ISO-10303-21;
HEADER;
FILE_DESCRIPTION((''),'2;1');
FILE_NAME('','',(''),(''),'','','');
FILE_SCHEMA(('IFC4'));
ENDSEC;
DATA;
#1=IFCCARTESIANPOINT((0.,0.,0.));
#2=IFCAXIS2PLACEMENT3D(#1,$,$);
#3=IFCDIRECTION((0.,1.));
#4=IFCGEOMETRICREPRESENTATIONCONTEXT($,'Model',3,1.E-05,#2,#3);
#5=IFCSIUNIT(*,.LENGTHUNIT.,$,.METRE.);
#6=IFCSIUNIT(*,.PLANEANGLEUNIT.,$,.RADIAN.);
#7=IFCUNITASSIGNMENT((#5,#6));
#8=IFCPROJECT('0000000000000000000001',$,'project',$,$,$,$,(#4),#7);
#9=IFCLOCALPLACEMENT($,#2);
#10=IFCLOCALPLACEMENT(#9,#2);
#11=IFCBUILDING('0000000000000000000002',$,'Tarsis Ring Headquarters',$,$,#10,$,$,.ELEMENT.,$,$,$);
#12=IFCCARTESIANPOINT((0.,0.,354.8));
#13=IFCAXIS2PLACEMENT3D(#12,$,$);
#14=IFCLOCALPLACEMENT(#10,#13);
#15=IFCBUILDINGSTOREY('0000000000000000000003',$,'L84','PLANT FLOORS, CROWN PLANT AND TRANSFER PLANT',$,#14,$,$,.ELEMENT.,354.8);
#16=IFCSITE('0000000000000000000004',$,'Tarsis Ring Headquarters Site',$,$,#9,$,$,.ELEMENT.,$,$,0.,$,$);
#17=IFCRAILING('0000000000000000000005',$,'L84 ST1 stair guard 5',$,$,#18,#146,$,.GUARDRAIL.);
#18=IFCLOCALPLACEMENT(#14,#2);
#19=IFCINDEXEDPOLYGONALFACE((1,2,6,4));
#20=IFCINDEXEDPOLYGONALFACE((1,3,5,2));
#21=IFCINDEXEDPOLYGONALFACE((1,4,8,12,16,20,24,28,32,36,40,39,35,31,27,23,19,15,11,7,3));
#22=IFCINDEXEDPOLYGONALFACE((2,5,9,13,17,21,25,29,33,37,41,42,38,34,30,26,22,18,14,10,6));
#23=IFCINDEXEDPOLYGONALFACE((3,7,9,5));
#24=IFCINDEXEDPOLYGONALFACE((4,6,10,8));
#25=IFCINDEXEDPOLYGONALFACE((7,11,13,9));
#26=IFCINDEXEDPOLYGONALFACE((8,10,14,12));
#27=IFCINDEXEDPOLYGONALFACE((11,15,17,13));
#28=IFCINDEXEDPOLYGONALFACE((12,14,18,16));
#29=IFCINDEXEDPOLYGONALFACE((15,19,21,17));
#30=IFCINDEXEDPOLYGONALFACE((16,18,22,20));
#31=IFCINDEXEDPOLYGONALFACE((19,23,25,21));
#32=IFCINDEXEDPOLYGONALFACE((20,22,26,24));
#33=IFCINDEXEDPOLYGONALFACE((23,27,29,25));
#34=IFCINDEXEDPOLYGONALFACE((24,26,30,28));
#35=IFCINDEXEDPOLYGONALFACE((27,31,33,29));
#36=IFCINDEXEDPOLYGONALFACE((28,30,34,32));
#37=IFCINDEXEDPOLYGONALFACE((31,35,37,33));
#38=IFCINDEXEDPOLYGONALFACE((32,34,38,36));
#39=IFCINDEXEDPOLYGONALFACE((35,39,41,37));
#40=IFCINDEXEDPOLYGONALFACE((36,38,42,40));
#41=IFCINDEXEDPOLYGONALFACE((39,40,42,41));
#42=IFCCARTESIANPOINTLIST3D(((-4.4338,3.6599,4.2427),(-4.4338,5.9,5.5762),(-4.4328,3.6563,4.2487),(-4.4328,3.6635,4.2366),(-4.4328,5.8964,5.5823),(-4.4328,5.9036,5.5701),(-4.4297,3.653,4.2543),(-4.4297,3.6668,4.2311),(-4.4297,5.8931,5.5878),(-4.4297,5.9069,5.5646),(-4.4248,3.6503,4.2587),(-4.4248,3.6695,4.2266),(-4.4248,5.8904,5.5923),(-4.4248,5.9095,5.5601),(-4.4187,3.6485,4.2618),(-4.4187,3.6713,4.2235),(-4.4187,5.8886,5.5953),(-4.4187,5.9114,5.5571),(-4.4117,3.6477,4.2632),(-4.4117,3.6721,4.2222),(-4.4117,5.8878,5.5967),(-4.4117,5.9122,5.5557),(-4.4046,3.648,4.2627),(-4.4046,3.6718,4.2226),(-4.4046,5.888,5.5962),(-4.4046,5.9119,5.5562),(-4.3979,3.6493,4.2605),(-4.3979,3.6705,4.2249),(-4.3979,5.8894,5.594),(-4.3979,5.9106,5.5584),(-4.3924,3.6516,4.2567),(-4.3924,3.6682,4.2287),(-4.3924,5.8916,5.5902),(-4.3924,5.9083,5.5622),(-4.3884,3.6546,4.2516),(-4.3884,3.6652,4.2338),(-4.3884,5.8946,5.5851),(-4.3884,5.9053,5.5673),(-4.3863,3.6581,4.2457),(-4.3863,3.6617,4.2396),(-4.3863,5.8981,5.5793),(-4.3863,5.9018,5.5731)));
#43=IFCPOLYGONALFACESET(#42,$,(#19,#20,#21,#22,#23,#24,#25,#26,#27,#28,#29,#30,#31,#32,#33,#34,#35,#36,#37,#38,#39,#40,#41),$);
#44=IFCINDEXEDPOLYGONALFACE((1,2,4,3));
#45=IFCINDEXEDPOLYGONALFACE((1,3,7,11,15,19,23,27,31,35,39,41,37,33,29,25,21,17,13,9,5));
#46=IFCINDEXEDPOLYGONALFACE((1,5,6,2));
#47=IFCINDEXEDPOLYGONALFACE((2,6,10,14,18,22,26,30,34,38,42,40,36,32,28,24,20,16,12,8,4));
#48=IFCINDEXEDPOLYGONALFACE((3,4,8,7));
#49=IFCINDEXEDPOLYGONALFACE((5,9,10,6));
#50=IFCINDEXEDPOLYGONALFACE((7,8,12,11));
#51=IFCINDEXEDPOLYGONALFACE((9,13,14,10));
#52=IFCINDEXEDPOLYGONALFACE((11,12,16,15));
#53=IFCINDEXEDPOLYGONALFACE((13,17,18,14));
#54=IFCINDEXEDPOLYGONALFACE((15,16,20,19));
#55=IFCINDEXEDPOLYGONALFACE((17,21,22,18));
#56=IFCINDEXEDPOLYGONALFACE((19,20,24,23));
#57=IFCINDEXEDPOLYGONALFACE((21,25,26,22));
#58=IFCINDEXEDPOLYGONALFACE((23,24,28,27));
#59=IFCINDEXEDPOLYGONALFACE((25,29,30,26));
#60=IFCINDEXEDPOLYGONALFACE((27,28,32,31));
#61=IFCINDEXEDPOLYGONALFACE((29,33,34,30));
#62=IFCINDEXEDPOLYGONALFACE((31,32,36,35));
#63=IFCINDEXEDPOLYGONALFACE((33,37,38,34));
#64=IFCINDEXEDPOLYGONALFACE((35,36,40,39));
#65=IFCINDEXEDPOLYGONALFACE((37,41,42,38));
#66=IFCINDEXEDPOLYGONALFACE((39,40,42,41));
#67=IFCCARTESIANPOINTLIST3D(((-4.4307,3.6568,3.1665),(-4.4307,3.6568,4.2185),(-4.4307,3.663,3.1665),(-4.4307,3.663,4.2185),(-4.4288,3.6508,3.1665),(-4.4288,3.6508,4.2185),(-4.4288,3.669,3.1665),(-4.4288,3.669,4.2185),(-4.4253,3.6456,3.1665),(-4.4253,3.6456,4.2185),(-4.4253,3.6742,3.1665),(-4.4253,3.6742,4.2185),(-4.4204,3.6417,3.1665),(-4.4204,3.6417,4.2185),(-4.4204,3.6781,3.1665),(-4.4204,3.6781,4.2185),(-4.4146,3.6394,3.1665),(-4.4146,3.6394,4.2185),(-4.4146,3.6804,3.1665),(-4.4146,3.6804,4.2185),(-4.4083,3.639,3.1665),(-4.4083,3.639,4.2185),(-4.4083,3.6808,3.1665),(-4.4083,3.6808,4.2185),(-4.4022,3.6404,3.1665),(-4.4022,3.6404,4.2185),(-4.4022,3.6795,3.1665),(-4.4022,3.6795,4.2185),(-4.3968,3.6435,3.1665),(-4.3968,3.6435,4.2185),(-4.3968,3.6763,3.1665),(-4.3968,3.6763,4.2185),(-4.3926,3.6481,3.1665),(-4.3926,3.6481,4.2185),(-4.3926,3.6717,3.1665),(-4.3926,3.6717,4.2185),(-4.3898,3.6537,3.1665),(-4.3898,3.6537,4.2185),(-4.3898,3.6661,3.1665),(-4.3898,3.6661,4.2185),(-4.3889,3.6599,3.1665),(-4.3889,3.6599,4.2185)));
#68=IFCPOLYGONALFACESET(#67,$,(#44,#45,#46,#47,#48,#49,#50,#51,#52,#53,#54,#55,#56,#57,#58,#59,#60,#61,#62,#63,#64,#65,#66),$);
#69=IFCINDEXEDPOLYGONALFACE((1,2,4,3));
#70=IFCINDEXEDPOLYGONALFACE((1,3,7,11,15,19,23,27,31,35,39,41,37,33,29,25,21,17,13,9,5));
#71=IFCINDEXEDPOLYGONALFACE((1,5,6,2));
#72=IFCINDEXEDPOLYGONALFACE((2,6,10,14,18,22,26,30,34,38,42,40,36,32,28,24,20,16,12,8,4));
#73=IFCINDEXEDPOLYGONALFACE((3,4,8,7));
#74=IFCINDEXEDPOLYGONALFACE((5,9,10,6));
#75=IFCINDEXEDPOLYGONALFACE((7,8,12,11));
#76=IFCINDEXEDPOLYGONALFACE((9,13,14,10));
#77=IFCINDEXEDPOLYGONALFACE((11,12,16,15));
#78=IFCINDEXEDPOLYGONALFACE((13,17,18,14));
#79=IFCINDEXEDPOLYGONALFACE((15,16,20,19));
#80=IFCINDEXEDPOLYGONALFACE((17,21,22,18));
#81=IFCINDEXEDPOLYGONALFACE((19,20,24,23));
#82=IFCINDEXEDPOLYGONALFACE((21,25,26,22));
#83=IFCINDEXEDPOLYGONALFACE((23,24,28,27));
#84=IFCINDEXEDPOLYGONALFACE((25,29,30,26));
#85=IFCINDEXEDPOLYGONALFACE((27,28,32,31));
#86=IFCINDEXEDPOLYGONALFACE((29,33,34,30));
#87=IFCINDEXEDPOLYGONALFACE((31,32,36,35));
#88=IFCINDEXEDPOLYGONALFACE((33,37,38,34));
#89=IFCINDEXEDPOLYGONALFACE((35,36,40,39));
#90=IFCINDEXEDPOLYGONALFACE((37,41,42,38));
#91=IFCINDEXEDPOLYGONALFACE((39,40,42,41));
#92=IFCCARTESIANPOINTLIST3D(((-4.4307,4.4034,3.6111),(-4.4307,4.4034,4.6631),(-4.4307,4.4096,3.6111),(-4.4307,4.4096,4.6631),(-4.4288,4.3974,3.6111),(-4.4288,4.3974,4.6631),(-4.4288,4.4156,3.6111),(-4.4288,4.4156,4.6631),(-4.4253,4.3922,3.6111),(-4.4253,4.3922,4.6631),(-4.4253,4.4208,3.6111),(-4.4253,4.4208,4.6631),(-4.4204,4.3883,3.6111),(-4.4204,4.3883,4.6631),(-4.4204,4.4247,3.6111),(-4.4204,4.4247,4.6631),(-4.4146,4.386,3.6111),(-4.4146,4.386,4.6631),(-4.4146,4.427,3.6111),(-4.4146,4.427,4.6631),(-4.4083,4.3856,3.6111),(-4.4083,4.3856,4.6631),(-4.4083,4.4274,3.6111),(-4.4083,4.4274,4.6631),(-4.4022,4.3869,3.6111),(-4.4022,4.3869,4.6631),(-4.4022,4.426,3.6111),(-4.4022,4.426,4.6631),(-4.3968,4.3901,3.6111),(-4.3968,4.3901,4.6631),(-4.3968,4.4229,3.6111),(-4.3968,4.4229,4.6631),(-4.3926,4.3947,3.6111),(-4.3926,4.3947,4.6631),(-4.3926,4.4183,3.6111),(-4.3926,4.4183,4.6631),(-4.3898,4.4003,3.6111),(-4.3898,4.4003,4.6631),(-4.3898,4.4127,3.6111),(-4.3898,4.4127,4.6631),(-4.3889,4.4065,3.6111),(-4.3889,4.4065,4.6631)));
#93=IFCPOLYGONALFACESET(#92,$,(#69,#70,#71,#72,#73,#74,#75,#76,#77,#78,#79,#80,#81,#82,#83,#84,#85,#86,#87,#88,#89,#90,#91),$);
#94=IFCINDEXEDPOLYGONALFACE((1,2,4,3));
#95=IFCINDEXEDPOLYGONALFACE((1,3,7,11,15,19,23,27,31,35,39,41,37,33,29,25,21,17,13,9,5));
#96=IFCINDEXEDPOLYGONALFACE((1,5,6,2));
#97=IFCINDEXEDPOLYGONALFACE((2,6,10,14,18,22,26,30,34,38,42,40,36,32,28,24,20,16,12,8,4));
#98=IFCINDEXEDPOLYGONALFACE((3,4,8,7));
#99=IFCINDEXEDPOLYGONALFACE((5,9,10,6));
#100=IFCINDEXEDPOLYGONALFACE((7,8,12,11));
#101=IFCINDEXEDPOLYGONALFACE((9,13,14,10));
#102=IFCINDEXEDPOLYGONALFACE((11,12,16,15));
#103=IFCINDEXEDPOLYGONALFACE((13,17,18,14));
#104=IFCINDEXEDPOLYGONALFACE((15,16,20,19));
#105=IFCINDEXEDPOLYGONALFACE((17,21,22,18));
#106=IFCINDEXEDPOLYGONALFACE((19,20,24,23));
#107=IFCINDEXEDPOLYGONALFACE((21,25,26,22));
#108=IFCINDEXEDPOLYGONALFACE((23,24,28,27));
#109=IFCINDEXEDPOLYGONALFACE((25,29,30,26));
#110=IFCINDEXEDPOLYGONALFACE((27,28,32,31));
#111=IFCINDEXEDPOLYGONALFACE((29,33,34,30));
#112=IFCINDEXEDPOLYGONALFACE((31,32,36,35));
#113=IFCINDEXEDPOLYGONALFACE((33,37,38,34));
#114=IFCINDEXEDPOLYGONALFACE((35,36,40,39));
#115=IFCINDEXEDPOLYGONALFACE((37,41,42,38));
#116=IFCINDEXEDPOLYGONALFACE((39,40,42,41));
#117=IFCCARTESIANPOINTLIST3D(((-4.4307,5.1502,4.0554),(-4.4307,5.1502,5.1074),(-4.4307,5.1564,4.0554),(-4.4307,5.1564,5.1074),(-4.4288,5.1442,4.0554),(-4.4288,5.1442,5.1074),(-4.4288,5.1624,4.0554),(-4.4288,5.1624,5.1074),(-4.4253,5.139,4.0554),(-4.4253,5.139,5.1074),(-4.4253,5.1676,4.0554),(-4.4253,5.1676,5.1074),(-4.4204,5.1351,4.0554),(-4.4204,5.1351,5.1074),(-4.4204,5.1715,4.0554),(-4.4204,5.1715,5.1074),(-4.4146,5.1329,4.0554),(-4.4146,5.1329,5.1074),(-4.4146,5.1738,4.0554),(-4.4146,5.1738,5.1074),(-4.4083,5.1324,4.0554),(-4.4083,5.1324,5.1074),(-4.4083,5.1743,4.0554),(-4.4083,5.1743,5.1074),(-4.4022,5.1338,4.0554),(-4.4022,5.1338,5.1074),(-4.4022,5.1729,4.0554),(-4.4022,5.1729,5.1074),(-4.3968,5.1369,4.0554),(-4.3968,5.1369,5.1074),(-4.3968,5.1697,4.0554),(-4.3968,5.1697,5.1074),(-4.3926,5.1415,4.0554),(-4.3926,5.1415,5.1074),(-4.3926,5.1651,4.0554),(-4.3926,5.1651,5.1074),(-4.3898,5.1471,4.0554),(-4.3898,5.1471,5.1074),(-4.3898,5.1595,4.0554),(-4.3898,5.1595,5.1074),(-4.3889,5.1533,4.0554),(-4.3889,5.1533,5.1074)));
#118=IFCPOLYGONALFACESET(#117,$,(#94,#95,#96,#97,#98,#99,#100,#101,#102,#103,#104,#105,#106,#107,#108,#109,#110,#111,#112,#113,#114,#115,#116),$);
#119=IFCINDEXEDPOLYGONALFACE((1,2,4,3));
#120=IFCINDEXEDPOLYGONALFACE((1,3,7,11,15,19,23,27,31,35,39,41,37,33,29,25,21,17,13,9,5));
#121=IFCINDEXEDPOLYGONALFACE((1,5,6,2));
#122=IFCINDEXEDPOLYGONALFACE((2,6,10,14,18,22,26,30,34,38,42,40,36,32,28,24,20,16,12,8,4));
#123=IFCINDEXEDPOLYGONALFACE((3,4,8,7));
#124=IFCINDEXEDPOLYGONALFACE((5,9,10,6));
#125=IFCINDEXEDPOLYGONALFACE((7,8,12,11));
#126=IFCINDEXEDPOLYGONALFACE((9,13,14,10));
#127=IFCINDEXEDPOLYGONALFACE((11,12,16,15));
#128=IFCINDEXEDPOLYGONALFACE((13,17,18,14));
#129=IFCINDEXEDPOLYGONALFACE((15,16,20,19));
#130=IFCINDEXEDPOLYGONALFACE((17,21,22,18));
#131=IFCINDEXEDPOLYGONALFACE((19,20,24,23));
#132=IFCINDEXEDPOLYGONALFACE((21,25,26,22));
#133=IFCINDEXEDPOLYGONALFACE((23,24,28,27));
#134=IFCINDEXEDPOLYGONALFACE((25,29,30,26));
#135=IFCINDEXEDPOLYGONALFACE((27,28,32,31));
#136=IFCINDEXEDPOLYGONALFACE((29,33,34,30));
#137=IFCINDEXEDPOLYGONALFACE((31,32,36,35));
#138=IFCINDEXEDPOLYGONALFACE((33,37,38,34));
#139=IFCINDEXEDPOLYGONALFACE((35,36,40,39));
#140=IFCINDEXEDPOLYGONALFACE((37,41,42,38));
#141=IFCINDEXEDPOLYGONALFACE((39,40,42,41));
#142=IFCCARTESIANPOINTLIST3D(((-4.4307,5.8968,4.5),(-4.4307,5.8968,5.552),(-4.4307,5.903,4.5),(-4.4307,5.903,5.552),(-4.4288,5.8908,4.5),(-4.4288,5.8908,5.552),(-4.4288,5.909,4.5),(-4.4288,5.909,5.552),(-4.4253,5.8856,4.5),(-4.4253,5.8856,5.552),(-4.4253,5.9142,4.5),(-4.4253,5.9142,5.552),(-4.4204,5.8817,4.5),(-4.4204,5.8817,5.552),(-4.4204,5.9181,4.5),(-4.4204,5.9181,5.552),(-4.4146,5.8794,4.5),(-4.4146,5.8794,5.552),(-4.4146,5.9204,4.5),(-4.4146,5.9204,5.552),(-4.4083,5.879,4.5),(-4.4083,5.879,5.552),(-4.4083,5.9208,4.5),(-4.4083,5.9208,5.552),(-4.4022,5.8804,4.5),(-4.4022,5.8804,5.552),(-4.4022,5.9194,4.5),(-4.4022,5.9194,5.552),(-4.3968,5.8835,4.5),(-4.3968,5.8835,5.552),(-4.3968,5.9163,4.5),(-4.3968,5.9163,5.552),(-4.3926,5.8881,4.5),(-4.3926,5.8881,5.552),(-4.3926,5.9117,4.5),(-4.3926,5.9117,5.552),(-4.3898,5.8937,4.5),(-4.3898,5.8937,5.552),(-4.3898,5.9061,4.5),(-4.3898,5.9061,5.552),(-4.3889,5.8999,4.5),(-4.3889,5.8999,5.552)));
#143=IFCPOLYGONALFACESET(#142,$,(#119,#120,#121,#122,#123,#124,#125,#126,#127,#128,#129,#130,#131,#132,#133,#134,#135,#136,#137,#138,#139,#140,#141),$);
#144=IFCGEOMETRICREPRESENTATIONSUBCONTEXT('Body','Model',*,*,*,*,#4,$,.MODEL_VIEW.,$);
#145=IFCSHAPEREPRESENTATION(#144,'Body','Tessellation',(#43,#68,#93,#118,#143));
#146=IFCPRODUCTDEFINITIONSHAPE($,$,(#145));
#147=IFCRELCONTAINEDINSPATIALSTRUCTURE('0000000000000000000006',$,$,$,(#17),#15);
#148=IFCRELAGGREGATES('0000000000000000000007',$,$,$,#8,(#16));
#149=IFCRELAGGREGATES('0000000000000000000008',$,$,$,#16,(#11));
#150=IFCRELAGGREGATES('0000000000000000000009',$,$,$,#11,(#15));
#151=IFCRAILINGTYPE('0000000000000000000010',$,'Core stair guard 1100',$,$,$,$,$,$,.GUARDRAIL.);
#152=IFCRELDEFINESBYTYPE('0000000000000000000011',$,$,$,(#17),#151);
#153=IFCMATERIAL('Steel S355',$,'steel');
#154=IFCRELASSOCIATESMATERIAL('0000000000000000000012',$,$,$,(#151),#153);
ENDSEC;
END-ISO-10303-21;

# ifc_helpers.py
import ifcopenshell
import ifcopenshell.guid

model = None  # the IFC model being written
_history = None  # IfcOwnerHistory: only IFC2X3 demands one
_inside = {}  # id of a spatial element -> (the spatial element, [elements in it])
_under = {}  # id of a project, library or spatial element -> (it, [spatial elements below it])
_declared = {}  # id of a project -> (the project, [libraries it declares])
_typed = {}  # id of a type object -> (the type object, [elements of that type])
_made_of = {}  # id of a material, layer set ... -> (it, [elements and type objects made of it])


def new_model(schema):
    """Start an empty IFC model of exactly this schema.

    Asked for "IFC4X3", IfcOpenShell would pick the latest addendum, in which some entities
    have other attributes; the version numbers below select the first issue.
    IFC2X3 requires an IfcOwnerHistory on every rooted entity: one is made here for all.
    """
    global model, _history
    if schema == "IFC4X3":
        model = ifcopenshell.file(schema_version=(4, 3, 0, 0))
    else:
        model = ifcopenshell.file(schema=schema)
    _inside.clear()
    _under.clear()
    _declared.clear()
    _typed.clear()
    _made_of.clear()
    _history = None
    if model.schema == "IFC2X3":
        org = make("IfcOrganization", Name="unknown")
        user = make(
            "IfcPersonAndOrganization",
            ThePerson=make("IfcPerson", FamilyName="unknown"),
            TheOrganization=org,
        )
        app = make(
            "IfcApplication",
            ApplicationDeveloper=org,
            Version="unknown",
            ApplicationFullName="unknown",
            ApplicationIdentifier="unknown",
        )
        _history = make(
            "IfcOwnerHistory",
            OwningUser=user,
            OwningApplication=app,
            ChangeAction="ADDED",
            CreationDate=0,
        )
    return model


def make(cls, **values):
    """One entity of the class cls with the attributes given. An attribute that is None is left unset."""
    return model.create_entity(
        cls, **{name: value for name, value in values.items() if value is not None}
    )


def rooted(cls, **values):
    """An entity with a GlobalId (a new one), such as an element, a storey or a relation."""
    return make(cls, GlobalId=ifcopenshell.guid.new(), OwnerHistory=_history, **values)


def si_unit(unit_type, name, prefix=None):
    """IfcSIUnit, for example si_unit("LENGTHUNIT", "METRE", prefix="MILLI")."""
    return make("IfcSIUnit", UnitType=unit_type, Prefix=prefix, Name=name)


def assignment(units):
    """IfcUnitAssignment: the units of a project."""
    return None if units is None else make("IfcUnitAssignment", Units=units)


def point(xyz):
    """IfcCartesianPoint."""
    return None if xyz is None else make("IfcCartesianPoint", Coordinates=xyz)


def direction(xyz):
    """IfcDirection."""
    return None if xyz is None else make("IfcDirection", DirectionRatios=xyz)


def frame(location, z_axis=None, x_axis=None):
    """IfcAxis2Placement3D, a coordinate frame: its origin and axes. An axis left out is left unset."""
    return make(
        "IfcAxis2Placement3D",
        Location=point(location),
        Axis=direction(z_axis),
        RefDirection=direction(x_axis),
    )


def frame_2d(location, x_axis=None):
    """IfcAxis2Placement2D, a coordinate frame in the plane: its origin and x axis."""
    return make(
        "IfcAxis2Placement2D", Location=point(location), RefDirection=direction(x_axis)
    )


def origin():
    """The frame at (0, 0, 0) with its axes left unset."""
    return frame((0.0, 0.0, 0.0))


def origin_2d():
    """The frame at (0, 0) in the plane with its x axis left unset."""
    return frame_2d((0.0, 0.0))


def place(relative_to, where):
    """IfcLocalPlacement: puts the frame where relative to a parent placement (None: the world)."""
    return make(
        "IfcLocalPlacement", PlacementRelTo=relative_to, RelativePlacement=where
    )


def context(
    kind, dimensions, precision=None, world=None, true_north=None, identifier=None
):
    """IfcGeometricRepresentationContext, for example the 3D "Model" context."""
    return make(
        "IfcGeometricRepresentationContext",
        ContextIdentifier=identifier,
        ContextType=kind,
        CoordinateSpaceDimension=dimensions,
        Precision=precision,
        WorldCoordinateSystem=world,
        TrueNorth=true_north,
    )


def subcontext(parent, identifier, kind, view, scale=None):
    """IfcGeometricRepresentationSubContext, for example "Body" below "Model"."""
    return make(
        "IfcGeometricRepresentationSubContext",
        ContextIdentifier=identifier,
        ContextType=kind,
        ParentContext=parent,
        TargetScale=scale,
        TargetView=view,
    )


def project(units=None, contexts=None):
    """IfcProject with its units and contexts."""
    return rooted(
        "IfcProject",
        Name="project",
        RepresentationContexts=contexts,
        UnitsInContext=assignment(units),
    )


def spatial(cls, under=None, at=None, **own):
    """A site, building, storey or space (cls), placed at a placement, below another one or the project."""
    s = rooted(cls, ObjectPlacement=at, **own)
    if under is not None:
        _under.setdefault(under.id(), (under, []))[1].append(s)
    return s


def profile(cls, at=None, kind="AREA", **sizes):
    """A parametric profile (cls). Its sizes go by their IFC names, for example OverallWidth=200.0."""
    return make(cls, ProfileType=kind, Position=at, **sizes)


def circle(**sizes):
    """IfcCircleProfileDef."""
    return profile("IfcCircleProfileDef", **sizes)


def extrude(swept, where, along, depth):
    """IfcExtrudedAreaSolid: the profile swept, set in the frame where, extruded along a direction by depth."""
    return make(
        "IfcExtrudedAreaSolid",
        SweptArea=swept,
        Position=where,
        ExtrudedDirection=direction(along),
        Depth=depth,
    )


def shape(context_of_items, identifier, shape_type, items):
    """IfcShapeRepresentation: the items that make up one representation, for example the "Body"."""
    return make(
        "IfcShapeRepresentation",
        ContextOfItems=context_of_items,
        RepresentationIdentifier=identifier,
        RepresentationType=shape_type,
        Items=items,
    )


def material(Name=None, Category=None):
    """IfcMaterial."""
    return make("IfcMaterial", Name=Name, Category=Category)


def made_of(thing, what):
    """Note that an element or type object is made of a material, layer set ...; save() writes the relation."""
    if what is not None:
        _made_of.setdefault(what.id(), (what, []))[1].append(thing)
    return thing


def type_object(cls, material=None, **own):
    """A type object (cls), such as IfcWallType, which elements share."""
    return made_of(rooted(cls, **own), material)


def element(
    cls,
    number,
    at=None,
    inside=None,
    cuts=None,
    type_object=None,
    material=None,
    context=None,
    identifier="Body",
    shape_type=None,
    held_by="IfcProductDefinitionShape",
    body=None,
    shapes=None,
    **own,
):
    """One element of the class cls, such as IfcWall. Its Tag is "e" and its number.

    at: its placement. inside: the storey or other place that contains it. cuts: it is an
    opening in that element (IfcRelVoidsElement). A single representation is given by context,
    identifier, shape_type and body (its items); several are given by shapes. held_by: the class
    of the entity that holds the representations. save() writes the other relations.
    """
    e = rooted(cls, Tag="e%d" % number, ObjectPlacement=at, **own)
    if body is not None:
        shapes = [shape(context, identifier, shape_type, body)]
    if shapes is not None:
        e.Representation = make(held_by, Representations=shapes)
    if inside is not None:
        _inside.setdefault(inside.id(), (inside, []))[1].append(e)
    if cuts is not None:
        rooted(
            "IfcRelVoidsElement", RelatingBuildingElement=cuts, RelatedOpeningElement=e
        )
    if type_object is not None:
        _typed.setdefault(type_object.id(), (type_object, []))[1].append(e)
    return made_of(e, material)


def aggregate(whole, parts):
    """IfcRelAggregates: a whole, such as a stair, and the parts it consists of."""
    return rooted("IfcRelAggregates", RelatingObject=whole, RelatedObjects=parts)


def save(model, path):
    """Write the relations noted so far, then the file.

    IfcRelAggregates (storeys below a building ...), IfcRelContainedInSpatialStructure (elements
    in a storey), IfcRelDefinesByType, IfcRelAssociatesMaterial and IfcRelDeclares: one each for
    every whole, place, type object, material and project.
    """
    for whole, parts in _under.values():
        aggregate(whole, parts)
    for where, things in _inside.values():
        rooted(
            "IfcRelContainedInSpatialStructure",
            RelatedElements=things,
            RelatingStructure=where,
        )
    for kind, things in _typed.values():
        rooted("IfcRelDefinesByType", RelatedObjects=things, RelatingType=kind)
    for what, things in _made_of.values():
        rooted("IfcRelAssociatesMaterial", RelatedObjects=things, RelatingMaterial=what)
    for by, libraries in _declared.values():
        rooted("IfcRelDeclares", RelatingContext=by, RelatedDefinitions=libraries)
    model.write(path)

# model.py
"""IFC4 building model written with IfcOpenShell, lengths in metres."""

from ifc_helpers import new_model, si_unit, direction, frame, origin, origin_2d, place, context, subcontext, project, spatial, circle, extrude, material, type_object, element, save


model = new_model("IFC4")

# Units and contexts
model_context = context("Model", 3, precision=1e-05, world=origin(), true_north=direction((0.0, 1.0)))
body_context = subcontext(model_context, "Body", "Model", "MODEL_VIEW")
ifc_project = project(units=[si_unit("LENGTHUNIT", "METRE"), si_unit("PLANEANGLEUNIT", "RADIAN")], contexts=[model_context])

# Site, building, storey
site_placement = place(None, origin())
site = spatial("IfcSite", under=ifc_project, at=site_placement, Name="Tarsis Ring Headquarters Site", CompositionType="ELEMENT", RefElevation=0.0)
building_placement = place(site_placement, origin())
building = spatial("IfcBuilding", under=site, at=building_placement, Name="Tarsis Ring Headquarters", CompositionType="ELEMENT")
storey_placement = place(building_placement, frame((0.0, 0.0, 354.8)))
storey = spatial("IfcBuildingStorey", under=building, at=storey_placement, Name="L84", Description="PLANT FLOORS, CROWN PLANT AND TRANSFER PLANT", CompositionType="ELEMENT", Elevation=354.8)

# Shared definitions
ifc_material_1 = material(Name="Steel S355", Category="steel")

# Railing
railing_type_1 = type_object("IfcRailingType", Name="Core stair guard 1100", PredefinedType="GUARDRAIL", material=ifc_material_1)
railing_1_placement = place(storey_placement, frame((-4.4099, 3.6599, 3.1665)))
element("IfcRailing", 1, at=railing_1_placement, inside=storey, type_object=railing_type_1, Name="L84 ST1 stair guard 5", PredefinedType="GUARDRAIL", context=body_context, shape_type="SweptSolid", body=[
    extrude(circle(Radius=0.0239, at=origin_2d()), frame((0.0, 0.0, 1.0762), z_axis=(0.0, 0.859264, 0.511532), x_axis=(-1.0, 0.0, 0.0)), (0.0, 0.0, 1.0), 2.6069),
    extrude(circle(Radius=0.021, at=origin_2d()), origin(), (0.0, 0.0, 1.0), 1.052),
    extrude(circle(Radius=0.021, at=origin_2d()), frame((0.0, 0.7466, 0.4446)), (0.0, 0.0, 1.0), 1.052),
    extrude(circle(Radius=0.021, at=origin_2d()), frame((0.0, 1.4934, 0.8889)), (0.0, 0.0, 1.0), 1.052),
    extrude(circle(Radius=0.021, at=origin_2d()), frame((0.0, 2.24, 1.3335)), (0.0, 0.0, 1.0), 1.052),
])

save(model, "model.ifc")
